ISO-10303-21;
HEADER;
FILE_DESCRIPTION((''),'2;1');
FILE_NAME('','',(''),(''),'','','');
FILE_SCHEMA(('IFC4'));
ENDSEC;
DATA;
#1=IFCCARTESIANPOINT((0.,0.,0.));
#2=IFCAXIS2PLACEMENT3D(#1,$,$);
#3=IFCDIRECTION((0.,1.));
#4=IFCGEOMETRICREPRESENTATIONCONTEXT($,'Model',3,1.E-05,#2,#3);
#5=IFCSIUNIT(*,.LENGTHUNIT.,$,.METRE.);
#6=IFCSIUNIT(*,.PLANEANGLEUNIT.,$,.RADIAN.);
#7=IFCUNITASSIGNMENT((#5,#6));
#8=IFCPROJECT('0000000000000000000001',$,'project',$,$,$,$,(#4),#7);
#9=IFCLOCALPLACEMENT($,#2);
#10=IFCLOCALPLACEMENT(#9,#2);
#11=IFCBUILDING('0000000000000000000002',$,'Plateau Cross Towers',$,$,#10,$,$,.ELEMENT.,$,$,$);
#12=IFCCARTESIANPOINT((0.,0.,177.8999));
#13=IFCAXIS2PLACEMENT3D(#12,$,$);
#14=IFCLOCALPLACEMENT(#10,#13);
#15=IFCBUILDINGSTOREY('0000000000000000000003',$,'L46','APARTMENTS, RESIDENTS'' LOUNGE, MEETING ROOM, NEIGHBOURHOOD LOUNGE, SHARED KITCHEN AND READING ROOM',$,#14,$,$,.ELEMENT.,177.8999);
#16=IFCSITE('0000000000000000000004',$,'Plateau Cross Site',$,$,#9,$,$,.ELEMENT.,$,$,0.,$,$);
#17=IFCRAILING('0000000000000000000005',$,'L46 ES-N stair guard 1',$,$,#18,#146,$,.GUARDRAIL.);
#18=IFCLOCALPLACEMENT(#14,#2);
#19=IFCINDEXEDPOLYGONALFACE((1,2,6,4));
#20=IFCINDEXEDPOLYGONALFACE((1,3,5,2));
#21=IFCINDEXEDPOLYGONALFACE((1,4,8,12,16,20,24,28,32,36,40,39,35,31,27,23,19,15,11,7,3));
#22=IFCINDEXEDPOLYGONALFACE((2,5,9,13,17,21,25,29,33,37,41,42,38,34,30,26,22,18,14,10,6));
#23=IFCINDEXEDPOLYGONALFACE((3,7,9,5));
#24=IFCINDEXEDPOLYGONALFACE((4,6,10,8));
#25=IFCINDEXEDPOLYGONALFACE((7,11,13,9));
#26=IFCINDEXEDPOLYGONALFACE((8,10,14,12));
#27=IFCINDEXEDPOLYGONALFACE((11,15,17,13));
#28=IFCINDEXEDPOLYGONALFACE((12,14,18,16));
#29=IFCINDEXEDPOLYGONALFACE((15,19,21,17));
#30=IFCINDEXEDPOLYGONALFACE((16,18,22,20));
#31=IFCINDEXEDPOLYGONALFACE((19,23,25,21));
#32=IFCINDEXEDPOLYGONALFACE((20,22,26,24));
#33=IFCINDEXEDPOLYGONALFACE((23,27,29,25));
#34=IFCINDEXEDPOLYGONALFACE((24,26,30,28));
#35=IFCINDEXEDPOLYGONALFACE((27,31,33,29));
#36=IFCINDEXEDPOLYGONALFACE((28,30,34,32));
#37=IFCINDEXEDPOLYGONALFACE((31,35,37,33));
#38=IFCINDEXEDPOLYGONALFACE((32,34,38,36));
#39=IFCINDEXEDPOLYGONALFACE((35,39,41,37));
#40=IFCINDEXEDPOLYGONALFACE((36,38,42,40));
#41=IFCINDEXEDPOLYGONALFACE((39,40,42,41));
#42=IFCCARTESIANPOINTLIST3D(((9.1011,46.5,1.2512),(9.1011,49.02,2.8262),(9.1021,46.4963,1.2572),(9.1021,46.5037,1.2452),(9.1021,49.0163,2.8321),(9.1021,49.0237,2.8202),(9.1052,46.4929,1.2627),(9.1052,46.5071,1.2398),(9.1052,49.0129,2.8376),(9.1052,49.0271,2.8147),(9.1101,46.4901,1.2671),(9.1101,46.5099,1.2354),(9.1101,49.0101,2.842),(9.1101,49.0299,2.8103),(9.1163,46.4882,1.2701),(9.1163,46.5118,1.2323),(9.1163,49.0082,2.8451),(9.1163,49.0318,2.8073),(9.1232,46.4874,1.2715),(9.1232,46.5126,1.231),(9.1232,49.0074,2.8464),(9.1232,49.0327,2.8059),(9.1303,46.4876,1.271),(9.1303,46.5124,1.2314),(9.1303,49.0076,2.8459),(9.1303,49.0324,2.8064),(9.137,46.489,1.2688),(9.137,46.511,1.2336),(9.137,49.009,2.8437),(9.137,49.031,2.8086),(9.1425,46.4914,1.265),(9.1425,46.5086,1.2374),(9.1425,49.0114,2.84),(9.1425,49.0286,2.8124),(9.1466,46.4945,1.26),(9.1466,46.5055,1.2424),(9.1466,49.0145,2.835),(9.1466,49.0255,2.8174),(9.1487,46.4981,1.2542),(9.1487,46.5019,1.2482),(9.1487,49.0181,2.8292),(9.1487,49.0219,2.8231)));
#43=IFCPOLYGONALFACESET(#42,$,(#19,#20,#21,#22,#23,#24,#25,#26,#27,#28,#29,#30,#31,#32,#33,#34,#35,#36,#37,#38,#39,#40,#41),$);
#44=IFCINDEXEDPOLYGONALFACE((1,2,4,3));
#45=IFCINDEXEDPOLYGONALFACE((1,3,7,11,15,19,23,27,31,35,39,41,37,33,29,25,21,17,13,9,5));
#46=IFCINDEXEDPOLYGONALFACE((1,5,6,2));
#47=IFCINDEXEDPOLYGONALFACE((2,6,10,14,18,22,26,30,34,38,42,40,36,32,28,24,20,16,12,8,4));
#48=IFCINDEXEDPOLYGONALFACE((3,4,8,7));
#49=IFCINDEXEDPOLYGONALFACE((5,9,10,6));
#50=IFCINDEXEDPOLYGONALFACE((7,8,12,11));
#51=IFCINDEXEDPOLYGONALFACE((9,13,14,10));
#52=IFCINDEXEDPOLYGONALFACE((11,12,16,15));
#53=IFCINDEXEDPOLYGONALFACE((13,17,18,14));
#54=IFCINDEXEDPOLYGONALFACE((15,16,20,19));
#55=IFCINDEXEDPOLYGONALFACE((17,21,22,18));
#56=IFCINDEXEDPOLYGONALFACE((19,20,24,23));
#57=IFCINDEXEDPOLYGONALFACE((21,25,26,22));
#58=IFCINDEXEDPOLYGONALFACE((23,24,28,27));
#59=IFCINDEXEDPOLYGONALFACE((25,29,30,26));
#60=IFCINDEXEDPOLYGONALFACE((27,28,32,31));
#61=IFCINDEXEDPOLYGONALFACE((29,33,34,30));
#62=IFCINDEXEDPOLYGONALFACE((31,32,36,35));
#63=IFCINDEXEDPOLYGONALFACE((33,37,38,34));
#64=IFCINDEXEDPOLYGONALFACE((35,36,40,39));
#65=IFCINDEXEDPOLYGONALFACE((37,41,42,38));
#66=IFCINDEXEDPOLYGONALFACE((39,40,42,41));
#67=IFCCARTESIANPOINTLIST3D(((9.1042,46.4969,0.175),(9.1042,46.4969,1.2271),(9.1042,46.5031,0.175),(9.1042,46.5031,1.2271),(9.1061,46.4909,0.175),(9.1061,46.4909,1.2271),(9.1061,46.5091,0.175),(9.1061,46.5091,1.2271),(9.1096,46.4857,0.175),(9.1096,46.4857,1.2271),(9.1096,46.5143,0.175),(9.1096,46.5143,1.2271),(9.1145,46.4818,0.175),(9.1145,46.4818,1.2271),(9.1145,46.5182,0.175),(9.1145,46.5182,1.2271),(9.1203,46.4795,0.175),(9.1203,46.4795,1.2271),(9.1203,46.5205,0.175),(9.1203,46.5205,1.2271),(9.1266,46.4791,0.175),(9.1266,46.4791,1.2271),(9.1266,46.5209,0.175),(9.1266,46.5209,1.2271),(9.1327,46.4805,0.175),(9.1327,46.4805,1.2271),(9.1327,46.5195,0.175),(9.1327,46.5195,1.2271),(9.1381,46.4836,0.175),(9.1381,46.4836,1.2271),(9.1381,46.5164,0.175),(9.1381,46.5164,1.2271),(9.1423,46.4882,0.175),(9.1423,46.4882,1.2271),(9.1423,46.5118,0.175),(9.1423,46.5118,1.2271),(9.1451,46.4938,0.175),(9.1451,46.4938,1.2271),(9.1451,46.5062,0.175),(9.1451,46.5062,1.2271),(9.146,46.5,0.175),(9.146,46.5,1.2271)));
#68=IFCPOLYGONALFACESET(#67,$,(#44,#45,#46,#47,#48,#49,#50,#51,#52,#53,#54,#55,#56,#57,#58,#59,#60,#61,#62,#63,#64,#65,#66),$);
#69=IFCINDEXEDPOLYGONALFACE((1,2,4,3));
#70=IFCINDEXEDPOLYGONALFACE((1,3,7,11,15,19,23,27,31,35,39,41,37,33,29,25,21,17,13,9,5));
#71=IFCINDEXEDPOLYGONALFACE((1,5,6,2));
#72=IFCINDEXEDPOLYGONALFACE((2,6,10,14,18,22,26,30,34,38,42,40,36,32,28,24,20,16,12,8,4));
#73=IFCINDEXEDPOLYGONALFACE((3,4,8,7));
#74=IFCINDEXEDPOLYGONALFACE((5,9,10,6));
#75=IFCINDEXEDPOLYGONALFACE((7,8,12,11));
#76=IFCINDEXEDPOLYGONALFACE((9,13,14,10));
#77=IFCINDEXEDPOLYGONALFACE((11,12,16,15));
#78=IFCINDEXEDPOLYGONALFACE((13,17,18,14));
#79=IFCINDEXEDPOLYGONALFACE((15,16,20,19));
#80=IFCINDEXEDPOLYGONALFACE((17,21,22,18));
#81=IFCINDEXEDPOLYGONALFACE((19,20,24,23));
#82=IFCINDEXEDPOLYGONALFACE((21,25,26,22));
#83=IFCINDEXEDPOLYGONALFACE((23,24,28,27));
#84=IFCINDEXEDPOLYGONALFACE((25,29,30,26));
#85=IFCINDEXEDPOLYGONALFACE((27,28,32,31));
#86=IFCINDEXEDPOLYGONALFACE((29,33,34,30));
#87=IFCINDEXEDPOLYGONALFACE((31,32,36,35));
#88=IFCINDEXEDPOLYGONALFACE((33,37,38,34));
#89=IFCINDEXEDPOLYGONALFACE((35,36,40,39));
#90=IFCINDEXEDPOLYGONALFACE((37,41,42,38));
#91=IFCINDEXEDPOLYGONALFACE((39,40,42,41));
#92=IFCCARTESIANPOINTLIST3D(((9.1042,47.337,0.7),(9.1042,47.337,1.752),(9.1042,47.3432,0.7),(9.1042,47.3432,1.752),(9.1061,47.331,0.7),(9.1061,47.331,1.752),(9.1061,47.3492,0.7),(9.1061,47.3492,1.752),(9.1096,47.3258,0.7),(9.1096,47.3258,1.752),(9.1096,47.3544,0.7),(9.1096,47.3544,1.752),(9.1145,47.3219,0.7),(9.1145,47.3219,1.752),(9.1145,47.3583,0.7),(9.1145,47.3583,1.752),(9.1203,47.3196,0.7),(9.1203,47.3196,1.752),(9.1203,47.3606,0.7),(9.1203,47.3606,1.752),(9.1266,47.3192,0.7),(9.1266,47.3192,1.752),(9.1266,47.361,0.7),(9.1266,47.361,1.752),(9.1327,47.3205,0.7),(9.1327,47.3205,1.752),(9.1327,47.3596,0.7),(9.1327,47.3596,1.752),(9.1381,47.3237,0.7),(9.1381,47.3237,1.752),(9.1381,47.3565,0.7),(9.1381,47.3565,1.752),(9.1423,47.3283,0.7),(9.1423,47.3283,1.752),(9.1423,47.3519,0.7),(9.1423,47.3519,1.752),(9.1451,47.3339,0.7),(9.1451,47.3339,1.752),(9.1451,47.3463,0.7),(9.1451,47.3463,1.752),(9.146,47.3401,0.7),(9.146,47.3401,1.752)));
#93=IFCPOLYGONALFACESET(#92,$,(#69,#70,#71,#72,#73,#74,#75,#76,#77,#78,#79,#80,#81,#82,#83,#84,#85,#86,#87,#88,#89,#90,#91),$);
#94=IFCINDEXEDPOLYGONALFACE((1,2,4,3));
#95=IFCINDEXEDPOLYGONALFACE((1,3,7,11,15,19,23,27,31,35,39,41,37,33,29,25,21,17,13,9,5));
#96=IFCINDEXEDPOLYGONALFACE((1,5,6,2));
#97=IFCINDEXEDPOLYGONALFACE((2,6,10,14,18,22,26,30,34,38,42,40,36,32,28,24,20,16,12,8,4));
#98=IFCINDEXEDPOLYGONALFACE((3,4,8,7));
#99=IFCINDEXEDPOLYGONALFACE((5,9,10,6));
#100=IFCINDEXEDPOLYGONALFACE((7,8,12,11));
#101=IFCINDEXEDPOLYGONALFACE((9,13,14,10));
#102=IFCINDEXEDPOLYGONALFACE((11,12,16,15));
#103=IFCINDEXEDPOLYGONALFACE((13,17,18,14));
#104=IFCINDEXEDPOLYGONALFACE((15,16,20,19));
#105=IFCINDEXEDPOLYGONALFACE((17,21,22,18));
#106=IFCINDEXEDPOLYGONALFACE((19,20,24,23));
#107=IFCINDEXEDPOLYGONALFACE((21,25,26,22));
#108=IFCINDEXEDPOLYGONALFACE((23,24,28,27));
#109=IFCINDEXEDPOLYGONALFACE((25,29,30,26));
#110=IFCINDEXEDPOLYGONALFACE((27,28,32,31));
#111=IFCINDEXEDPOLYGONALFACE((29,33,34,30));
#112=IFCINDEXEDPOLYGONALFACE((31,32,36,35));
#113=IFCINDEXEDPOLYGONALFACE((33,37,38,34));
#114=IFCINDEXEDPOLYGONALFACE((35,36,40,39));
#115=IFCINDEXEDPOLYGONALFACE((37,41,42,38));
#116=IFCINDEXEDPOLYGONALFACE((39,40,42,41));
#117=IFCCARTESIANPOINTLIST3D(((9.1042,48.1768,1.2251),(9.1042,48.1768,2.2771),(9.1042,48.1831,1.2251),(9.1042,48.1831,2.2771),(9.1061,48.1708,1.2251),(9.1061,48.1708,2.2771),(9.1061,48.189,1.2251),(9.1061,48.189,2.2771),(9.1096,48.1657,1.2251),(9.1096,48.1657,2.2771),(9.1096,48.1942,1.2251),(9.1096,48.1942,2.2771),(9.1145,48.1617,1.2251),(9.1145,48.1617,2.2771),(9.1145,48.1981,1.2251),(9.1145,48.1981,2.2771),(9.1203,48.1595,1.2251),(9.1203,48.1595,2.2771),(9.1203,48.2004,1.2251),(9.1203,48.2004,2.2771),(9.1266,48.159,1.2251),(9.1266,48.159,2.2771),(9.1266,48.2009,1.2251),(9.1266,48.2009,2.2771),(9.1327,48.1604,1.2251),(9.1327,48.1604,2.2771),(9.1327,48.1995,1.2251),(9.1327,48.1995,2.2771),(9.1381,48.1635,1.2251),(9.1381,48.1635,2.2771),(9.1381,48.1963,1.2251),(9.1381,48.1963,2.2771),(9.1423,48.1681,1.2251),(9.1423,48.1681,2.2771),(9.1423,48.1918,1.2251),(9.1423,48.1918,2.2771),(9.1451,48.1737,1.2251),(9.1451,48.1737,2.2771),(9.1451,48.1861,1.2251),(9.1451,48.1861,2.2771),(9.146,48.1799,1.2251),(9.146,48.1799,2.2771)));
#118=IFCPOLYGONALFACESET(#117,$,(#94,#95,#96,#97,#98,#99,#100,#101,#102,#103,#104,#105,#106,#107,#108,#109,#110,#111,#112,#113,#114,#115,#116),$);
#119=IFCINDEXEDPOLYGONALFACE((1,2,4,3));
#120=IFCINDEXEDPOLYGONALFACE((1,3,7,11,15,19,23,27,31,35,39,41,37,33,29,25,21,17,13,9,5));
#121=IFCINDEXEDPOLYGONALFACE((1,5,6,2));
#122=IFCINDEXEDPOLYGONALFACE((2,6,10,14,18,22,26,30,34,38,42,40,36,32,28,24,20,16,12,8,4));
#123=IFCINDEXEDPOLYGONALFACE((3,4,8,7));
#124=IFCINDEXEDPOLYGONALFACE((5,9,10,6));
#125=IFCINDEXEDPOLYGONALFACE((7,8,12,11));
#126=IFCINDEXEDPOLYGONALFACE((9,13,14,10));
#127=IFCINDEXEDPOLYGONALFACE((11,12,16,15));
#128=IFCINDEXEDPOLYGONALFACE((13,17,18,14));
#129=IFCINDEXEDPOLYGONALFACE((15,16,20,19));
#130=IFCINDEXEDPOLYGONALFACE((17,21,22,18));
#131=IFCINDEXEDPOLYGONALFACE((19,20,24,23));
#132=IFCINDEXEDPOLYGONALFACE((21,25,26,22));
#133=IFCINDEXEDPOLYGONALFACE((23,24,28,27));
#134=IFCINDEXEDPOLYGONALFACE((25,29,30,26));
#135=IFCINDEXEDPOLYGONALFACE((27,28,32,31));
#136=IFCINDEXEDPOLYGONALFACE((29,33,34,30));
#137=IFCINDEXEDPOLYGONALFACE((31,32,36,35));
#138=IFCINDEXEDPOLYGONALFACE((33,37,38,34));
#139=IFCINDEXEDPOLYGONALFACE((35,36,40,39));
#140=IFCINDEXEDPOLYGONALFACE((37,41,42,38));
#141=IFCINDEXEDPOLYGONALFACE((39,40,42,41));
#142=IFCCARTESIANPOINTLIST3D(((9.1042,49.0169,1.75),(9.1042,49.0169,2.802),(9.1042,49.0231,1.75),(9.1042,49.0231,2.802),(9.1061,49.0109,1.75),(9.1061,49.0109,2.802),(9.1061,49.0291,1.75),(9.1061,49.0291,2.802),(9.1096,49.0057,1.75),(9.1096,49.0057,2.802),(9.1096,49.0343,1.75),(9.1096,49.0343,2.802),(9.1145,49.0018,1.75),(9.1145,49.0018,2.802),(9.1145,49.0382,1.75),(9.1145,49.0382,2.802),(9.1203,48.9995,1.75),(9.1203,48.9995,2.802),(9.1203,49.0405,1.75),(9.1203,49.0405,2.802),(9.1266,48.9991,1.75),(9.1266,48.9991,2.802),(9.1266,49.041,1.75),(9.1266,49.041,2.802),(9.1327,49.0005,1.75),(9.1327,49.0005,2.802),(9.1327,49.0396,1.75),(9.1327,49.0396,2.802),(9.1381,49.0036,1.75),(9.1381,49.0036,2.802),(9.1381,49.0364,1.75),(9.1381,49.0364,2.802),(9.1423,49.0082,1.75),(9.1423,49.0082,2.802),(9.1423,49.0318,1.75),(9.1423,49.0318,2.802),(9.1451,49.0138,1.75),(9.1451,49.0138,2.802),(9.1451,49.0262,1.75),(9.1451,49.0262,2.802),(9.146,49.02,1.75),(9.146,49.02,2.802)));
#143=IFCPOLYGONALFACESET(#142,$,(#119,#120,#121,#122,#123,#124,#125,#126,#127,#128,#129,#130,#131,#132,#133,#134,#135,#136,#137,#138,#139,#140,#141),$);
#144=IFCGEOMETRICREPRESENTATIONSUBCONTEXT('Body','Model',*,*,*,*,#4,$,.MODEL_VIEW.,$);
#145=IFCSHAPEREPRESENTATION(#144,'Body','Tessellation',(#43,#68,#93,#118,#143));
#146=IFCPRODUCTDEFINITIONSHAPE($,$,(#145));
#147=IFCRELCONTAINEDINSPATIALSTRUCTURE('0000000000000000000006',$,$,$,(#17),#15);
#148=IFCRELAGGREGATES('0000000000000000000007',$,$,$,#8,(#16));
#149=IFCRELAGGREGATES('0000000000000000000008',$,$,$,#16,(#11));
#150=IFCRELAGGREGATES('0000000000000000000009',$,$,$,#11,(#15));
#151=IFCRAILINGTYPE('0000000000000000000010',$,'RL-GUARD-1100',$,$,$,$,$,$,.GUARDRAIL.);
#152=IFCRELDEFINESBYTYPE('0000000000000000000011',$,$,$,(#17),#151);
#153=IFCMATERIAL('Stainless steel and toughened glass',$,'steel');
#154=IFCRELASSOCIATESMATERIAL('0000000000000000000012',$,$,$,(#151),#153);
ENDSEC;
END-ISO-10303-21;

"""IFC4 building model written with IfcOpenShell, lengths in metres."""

from ifc_helpers import new_model, si_unit, direction, frame, origin, origin_2d, place, context, subcontext, project, spatial, circle, extrude, material, type_object, element, save


model = new_model("IFC4")

# Units and contexts
model_context = context("Model", 3, precision=1e-05, world=origin(), true_north=direction((0.0, 1.0)))
body_context = subcontext(model_context, "Body", "Model", "MODEL_VIEW")
ifc_project = project(units=[si_unit("LENGTHUNIT", "METRE"), si_unit("PLANEANGLEUNIT", "RADIAN")], contexts=[model_context])

# Site, building, storey
site_placement = place(None, origin())
site = spatial("IfcSite", under=ifc_project, at=site_placement, Name="Plateau Cross Site", CompositionType="ELEMENT", RefElevation=0.0)
building_placement = place(site_placement, origin())
building = spatial("IfcBuilding", under=site, at=building_placement, Name="Plateau Cross Towers", CompositionType="ELEMENT")
storey_placement = place(building_placement, frame((0.0, 0.0, 177.8999)))
storey = spatial("IfcBuildingStorey", under=building, at=storey_placement, Name="L46", Description="APARTMENTS, RESIDENTS' LOUNGE, MEETING ROOM, NEIGHBOURHOOD LOUNGE, SHARED KITCHEN AND READING ROOM", CompositionType="ELEMENT", Elevation=177.8999)

# Railing
ifc_material_1 = material(Name="Stainless steel and toughened glass", Category="steel")
railing_type_1 = type_object("IfcRailingType", Name="RL-GUARD-1100", PredefinedType="GUARDRAIL", material=ifc_material_1)
railing_1_placement = place(storey_placement, frame((9.125, 46.5, 0.175)))
element("IfcRailing", 1, at=railing_1_placement, inside=storey, type_object=railing_type_1, Name="L46 ES-N stair guard 1", PredefinedType="GUARDRAIL", context=body_context, shape_type="SweptSolid", body=[
    extrude(circle(Radius=0.0239, at=origin_2d()), frame((0.0, 0.0, 1.0762), z_axis=(0.0, 0.848008, 0.529984), x_axis=(-1.0, 0.0, 0.0)), (0.0, 0.0, 1.0), 2.9717),
    extrude(circle(Radius=0.021, at=origin_2d()), origin(), (0.0, 0.0, 1.0), 1.052),
    extrude(circle(Radius=0.021, at=origin_2d()), frame((0.0, 0.8401, 0.5249)), (0.0, 0.0, 1.0), 1.052),
    extrude(circle(Radius=0.021, at=origin_2d()), frame((0.0, 1.6799, 1.05)), (0.0, 0.0, 1.0), 1.052),
    extrude(circle(Radius=0.021, at=origin_2d()), frame((0.0, 2.52, 1.575)), (0.0, 0.0, 1.0), 1.052),
])

save(model, "model.ifc")
